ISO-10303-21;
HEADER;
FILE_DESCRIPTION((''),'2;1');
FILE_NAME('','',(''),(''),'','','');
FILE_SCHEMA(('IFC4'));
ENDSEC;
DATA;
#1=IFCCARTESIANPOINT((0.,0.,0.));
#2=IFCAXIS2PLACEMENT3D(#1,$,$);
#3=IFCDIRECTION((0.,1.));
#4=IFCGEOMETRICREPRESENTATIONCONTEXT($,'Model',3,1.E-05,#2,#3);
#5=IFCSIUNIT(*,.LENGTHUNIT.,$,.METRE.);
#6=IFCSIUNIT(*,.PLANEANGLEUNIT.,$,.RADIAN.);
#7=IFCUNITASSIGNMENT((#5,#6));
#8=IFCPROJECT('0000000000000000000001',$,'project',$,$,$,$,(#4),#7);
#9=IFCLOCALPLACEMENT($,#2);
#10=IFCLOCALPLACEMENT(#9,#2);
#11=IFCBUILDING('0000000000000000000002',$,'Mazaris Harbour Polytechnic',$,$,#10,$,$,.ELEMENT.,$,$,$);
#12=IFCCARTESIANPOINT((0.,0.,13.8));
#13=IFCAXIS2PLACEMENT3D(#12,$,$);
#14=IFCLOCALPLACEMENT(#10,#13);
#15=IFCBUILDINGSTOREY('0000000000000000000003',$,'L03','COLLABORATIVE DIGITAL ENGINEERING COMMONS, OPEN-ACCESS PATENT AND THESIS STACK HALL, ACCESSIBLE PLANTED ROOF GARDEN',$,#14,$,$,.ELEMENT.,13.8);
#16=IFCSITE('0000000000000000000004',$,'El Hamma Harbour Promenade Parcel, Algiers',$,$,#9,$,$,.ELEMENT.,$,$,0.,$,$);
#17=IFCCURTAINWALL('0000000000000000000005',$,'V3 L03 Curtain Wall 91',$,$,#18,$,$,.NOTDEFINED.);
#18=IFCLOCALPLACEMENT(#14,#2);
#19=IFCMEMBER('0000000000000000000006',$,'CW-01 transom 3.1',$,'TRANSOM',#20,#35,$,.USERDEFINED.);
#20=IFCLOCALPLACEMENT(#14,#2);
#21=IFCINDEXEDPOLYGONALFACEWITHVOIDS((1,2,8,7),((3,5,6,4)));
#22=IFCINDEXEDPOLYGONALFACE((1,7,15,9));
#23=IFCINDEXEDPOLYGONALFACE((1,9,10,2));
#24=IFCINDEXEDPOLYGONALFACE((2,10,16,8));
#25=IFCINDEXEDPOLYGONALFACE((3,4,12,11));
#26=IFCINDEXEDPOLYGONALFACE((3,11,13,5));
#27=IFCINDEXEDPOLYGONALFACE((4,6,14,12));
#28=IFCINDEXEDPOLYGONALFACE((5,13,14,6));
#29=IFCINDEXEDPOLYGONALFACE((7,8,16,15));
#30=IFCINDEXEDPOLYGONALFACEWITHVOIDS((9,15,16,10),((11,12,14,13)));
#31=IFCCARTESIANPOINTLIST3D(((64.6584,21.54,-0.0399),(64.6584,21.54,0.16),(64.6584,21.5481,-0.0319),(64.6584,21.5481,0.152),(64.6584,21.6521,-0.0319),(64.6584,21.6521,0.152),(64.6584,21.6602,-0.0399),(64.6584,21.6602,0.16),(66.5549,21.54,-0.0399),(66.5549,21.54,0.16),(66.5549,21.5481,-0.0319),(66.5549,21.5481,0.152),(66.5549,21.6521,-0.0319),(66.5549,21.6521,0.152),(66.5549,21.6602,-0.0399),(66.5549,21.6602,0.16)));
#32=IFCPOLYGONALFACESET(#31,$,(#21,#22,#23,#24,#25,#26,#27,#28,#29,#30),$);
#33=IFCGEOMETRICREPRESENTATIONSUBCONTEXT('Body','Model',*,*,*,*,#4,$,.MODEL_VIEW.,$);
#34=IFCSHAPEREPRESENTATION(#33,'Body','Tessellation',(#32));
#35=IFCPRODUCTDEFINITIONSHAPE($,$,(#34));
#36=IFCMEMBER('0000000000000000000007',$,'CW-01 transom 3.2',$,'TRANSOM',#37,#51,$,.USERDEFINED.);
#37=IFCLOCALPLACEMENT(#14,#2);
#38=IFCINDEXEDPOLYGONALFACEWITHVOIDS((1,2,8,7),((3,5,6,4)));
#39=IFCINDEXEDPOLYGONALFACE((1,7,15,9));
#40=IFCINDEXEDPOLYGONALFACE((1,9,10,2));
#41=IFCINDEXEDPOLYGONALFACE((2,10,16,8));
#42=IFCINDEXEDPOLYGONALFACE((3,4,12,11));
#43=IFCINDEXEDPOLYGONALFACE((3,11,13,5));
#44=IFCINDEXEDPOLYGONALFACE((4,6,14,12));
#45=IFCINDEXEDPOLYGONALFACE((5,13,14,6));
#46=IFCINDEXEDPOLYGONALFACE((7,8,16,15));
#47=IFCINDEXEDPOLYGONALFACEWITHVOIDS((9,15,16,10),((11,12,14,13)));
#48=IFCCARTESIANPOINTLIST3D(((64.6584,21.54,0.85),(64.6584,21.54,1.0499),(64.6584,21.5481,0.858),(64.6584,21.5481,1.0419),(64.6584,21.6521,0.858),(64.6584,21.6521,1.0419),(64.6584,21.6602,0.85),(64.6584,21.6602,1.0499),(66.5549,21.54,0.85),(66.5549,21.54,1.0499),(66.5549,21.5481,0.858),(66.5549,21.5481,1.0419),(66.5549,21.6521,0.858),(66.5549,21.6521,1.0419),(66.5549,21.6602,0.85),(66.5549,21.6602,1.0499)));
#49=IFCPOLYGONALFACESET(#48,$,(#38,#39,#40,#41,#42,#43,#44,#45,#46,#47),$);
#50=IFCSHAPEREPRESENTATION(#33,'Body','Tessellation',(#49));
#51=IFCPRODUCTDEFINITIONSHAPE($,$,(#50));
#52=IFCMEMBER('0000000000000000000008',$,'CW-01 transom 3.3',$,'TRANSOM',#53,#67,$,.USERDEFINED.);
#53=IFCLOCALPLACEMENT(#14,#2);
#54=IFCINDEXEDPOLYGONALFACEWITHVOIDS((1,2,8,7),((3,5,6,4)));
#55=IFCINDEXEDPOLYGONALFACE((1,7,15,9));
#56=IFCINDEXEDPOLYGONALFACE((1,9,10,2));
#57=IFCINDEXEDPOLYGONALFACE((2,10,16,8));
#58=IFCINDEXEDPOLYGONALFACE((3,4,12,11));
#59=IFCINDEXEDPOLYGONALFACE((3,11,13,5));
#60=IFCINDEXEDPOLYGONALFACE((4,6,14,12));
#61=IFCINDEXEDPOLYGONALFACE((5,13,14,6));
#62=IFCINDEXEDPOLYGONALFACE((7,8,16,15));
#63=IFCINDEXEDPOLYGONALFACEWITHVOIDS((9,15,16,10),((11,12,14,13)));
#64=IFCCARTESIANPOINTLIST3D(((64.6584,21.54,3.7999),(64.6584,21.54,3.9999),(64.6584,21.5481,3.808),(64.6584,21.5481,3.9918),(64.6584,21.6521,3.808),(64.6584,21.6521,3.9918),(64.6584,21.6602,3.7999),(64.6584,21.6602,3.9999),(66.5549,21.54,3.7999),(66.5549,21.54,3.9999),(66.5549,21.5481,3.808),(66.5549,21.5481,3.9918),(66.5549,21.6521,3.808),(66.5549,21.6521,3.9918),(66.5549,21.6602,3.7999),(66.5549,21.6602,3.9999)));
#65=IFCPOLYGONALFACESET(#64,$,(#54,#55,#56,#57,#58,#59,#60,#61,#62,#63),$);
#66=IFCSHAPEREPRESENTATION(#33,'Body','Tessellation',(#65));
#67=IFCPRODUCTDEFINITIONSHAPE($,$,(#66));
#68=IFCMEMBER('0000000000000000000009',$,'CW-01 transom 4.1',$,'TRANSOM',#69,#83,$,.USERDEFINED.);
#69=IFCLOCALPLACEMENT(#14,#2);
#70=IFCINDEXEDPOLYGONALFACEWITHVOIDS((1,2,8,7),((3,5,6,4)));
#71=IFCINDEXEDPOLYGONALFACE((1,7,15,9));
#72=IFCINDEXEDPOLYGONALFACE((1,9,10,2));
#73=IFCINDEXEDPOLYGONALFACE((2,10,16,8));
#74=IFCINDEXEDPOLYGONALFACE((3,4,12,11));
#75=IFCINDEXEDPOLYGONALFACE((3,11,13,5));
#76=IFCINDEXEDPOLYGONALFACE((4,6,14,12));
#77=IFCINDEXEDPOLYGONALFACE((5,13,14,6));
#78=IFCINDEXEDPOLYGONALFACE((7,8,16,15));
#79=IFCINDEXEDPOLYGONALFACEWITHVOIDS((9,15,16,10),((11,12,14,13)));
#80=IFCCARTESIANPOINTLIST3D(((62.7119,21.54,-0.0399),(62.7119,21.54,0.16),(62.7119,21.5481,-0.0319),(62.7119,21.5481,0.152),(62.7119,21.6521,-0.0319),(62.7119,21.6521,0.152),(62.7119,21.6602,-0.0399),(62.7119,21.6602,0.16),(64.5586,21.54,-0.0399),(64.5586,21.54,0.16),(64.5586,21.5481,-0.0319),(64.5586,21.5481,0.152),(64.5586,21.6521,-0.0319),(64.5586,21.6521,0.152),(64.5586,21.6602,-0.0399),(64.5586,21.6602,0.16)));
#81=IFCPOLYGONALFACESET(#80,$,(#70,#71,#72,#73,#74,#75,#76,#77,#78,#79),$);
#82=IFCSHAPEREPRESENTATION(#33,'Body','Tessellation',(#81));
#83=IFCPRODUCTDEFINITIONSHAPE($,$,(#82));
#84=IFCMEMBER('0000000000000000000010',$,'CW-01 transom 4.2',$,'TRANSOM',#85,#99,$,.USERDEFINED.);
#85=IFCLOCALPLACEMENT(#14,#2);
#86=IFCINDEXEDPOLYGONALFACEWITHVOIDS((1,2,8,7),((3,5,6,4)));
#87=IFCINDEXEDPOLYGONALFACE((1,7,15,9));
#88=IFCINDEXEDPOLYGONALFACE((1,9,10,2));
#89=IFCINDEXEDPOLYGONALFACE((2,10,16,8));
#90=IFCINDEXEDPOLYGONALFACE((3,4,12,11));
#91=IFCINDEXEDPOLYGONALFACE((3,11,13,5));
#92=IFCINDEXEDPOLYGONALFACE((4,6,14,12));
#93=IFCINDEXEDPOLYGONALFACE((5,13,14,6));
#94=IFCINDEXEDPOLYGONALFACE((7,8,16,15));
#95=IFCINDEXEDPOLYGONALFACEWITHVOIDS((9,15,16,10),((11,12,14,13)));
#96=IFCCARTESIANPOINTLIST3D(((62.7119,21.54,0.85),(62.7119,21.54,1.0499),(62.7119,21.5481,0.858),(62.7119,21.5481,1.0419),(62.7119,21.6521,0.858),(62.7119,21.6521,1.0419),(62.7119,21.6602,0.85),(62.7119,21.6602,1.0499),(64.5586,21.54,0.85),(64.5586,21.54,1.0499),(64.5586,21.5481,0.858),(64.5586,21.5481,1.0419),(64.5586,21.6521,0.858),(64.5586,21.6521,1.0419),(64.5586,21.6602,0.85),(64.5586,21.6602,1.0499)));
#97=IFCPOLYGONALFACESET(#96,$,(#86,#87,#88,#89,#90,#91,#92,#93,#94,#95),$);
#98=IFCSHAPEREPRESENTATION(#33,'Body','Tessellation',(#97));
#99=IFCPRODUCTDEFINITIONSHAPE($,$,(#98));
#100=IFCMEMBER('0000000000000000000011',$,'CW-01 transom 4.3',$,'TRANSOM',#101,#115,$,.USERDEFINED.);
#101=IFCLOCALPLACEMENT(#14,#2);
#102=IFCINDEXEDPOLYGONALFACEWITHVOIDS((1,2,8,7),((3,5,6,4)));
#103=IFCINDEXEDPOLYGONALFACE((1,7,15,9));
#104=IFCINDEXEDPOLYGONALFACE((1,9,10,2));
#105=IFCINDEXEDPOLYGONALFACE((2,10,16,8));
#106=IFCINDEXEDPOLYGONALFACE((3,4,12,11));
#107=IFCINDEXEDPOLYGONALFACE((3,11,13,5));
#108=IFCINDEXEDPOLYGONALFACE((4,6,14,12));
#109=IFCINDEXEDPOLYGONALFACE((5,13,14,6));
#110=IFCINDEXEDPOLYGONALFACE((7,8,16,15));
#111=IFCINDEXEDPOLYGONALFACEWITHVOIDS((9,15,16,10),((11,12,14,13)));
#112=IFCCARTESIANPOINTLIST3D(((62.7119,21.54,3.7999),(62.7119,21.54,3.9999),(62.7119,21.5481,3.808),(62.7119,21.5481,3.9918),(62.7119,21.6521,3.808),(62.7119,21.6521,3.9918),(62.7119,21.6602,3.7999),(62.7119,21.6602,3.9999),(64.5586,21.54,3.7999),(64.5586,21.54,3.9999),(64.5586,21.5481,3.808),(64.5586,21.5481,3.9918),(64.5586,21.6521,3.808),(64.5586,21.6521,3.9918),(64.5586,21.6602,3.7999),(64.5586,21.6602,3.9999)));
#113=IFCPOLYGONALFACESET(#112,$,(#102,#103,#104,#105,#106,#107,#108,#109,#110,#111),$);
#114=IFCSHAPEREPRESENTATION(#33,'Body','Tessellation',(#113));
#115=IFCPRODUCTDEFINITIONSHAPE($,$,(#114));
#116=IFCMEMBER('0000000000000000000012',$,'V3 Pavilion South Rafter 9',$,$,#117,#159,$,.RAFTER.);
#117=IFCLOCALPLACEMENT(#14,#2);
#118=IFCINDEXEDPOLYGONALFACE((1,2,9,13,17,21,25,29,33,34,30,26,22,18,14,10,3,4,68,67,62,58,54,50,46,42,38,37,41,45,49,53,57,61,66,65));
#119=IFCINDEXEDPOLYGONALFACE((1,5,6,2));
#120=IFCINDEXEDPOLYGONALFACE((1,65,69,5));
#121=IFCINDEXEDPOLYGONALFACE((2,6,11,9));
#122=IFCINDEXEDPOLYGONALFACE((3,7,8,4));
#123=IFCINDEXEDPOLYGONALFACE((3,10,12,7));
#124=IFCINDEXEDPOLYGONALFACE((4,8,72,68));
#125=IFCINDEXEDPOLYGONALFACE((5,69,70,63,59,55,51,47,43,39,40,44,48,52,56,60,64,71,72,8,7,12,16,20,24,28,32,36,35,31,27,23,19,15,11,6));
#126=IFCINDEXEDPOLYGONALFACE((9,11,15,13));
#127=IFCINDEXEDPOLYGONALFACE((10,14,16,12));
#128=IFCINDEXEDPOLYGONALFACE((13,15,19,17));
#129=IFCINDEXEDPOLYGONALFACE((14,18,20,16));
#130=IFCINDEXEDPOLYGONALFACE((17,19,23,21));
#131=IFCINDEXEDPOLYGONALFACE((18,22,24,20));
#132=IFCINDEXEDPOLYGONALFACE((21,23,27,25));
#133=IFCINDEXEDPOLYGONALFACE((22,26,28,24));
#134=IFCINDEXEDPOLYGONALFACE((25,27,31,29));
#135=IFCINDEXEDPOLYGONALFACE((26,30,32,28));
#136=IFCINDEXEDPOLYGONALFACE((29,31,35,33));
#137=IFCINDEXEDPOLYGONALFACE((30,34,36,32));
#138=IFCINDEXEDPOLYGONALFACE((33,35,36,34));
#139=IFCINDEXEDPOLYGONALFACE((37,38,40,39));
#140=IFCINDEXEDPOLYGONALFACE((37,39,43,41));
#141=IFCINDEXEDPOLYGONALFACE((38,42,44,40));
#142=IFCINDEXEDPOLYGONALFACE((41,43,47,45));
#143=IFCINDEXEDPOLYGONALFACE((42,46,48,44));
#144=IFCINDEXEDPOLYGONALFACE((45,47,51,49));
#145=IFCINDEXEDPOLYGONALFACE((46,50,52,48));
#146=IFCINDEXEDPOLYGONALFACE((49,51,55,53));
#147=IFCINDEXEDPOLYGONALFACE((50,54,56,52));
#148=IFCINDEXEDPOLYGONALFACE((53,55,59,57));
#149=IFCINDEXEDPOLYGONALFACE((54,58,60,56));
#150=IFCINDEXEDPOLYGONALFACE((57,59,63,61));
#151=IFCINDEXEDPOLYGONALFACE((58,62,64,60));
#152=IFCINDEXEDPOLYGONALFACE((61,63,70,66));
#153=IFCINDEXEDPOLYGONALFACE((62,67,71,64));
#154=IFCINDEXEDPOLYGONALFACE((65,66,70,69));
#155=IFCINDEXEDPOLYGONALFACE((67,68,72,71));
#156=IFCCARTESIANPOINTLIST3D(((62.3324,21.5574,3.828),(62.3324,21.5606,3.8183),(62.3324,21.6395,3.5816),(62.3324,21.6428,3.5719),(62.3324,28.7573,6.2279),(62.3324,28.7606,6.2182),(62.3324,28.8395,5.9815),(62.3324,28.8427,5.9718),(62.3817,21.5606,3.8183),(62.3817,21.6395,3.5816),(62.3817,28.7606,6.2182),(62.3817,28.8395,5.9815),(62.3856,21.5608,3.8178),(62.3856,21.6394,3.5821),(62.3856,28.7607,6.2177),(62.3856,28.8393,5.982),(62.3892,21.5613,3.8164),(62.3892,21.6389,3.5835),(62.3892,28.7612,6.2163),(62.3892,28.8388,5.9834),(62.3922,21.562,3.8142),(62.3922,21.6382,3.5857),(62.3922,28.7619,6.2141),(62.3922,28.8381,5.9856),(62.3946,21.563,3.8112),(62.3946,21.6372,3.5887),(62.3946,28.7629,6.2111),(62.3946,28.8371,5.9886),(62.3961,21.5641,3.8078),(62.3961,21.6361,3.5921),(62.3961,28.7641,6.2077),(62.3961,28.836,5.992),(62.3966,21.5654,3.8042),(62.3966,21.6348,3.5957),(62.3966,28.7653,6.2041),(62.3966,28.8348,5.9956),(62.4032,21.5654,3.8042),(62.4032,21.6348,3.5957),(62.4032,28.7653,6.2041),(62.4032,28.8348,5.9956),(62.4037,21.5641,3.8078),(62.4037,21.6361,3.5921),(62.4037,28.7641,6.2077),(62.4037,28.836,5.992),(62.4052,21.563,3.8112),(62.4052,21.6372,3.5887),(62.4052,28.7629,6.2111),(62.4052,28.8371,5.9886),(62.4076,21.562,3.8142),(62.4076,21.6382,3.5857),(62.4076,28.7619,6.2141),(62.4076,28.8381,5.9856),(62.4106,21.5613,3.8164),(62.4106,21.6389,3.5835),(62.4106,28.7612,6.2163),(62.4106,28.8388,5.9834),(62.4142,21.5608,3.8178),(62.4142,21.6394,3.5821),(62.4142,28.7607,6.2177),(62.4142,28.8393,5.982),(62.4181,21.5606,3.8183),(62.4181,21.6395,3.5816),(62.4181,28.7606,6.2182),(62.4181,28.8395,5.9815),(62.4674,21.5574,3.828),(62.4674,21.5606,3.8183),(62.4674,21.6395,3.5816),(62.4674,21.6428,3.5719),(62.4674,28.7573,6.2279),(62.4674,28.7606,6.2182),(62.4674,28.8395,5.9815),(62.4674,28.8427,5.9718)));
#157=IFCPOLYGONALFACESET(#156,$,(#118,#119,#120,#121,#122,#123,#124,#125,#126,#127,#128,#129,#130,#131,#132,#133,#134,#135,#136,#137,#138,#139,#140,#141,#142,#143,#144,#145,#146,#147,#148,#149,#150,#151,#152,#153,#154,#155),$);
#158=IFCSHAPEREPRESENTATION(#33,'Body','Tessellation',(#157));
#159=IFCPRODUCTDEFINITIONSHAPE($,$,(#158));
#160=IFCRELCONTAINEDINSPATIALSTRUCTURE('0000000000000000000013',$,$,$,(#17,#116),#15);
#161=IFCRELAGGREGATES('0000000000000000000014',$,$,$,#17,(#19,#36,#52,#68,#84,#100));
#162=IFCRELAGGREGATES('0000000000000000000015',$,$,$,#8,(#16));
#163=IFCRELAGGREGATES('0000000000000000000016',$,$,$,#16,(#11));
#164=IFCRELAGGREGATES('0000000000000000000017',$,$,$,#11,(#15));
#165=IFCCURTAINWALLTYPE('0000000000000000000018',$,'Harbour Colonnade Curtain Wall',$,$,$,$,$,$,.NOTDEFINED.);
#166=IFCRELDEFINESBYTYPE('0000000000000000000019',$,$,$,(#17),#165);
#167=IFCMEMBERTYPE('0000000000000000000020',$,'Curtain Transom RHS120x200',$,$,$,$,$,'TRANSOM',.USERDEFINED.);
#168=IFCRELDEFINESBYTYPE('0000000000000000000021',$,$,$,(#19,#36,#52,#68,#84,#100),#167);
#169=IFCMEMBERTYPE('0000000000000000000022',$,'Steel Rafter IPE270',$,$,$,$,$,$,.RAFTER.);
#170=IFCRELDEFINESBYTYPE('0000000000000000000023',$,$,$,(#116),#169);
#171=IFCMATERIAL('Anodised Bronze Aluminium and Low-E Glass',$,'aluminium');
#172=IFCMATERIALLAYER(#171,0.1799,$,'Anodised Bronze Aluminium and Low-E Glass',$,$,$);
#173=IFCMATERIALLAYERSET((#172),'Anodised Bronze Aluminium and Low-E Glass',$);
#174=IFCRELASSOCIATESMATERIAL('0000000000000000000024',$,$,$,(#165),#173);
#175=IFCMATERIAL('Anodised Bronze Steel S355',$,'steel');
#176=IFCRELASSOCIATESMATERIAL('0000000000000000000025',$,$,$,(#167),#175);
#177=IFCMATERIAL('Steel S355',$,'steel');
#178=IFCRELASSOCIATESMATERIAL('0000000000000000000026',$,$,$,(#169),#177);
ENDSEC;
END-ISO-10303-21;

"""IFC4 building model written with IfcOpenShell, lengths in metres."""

from ifc_helpers import new_model, si_unit, direction, frame, origin, origin_2d, place, context, subcontext, project, spatial, hollow_rectangle, i_section, extrude, material, layer, layer_set, material_profile, profile_set, type_object, element, aggregate, save


model = new_model("IFC4")

# Units and contexts
model_context = context("Model", 3, precision=1e-05, world=origin(), true_north=direction((0.0, 1.0)))
body_context = subcontext(model_context, "Body", "Model", "MODEL_VIEW")
ifc_project = project(units=[si_unit("LENGTHUNIT", "METRE"), si_unit("PLANEANGLEUNIT", "RADIAN")], contexts=[model_context])

# Site, building, storey
site_placement = place(None, origin())
site = spatial("IfcSite", under=ifc_project, at=site_placement, Name="El Hamma Harbour Promenade Parcel, Algiers", CompositionType="ELEMENT", RefElevation=0.0)
building_placement = place(site_placement, origin())
building = spatial("IfcBuilding", under=site, at=building_placement, Name="Mazaris Harbour Polytechnic", CompositionType="ELEMENT")
storey_placement = place(building_placement, frame((0.0, 0.0, 13.8)))
storey = spatial("IfcBuildingStorey", under=building, at=storey_placement, Name="L03", Description="COLLABORATIVE DIGITAL ENGINEERING COMMONS, OPEN-ACCESS PATENT AND THESIS STACK HALL, ACCESSIBLE PLANTED ROOF GARDEN", CompositionType="ELEMENT", Elevation=13.8)

# Shared definitions
ifc_material_1 = material(Name="Anodised Bronze Aluminium and Low-E Glass", Category="aluminium")
ifc_layer_1 = layer(ifc_material_1, 0.1799, Name="Anodised Bronze Aluminium and Low-E Glass")
ifc_layer_set_1 = layer_set([ifc_layer_1], Name="Anodised Bronze Aluminium and Low-E Glass")
curtain_wall_type = type_object("IfcCurtainWallType", Name="Harbour Colonnade Curtain Wall", PredefinedType="NOTDEFINED", material=ifc_layer_set_1)

# Curtain wall
curtain_wall_1_placement = place(storey_placement, origin())
curtain_wall_1 = element("IfcCurtainWall", 1, at=curtain_wall_1_placement, inside=storey, type_object=curtain_wall_type, Name="V3 L03 Curtain Wall 91", PredefinedType="NOTDEFINED")

# Members
ifc_material_2 = material(Name="Anodised Bronze Steel S355", Category="steel")
ifc_material_profile_1 = material_profile(ifc_material_2, hollow_rectangle(XDim=0.1201, YDim=0.2, WallThickness=0.0081, at=origin_2d()), Name="RHS 120x200x8.0")
ifc_profile_set_1 = profile_set([ifc_material_profile_1], Name="Anodised Bronze Steel S355")
member_type_1 = type_object("IfcMemberType", Name="Curtain Transom RHS120x200", ElementType="TRANSOM", PredefinedType="USERDEFINED", material=ifc_profile_set_1)
member_1_placement = place(storey_placement, frame((66.5549, 21.6001, 0.0601), z_axis=(-1.0, 0.0, 0.0), x_axis=(0.0, -1.0, 0.0)))
member_1 = element("IfcMember", 2, at=member_1_placement, type_object=member_type_1, Name="CW-01 transom 3.1", ObjectType="TRANSOM", PredefinedType="USERDEFINED", context=body_context, shape_type="SweptSolid", body=[
    extrude(hollow_rectangle(XDim=0.1201, YDim=0.2, WallThickness=0.0081, at=origin_2d()), origin(), (0.0, 0.0, 1.0), 1.8965),
])
member_2_placement = place(storey_placement, frame((66.5549, 21.6001, 0.95), z_axis=(-1.0, 0.0, 0.0), x_axis=(0.0, -1.0, 0.0)))
member_2 = element("IfcMember", 3, at=member_2_placement, type_object=member_type_1, Name="CW-01 transom 3.2", ObjectType="TRANSOM", PredefinedType="USERDEFINED", context=body_context, shape_type="SweptSolid", body=[
    extrude(hollow_rectangle(XDim=0.1201, YDim=0.2, WallThickness=0.0081, at=origin_2d()), origin(), (0.0, 0.0, 1.0), 1.8965),
])
member_3_placement = place(storey_placement, frame((66.5549, 21.6001, 3.8999), z_axis=(-1.0, 0.0, 0.0), x_axis=(0.0, -1.0, 0.0)))
member_3 = element("IfcMember", 4, at=member_3_placement, type_object=member_type_1, Name="CW-01 transom 3.3", ObjectType="TRANSOM", PredefinedType="USERDEFINED", context=body_context, shape_type="SweptSolid", body=[
    extrude(hollow_rectangle(XDim=0.1201, YDim=0.2, WallThickness=0.0081, at=origin_2d()), origin(), (0.0, 0.0, 1.0), 1.8965),
])
member_4_placement = place(storey_placement, frame((64.5586, 21.6001, 0.0601), z_axis=(-1.0, 0.0, 0.0), x_axis=(0.0, -1.0, 0.0)))
member_4 = element("IfcMember", 5, at=member_4_placement, type_object=member_type_1, Name="CW-01 transom 4.1", ObjectType="TRANSOM", PredefinedType="USERDEFINED", context=body_context, shape_type="SweptSolid", body=[
    extrude(hollow_rectangle(XDim=0.1201, YDim=0.2, WallThickness=0.0081, at=origin_2d()), origin(), (0.0, 0.0, 1.0), 1.8467),
])
member_5_placement = place(storey_placement, frame((64.5586, 21.6001, 0.95), z_axis=(-1.0, 0.0, 0.0), x_axis=(0.0, -1.0, 0.0)))
member_5 = element("IfcMember", 6, at=member_5_placement, type_object=member_type_1, Name="CW-01 transom 4.2", ObjectType="TRANSOM", PredefinedType="USERDEFINED", context=body_context, shape_type="SweptSolid", body=[
    extrude(hollow_rectangle(XDim=0.1201, YDim=0.2, WallThickness=0.0081, at=origin_2d()), origin(), (0.0, 0.0, 1.0), 1.8467),
])
member_6_placement = place(storey_placement, frame((64.5586, 21.6001, 3.8999), z_axis=(-1.0, 0.0, 0.0), x_axis=(0.0, -1.0, 0.0)))
member_6 = element("IfcMember", 7, at=member_6_placement, type_object=member_type_1, Name="CW-01 transom 4.3", ObjectType="TRANSOM", PredefinedType="USERDEFINED", context=body_context, shape_type="SweptSolid", body=[
    extrude(hollow_rectangle(XDim=0.1201, YDim=0.2, WallThickness=0.0081, at=origin_2d()), origin(), (0.0, 0.0, 1.0), 1.8467),
])

# Member
ifc_material_3 = material(Name="Steel S355", Category="steel")
ifc_material_profile_2 = material_profile(ifc_material_3, i_section(OverallWidth=0.135, OverallDepth=0.27, WebThickness=0.0066, FlangeThickness=0.0103, FilletRadius=0.0149, at=origin_2d()), Name="IPE 270")
ifc_profile_set_2 = profile_set([ifc_material_profile_2], Name="Steel S355")
member_type_2 = type_object("IfcMemberType", Name="Steel Rafter IPE270", PredefinedType="RAFTER", material=ifc_profile_set_2)
member_7_placement = place(storey_placement, frame((62.3999, 21.6001, 3.7), z_axis=(0.0, 0.948687, 0.316218), x_axis=(-1.0, 0.0, 0.0)))
element("IfcMember", 8, at=member_7_placement, inside=storey, type_object=member_type_2, Name="V3 Pavilion South Rafter 9", PredefinedType="RAFTER", context=body_context, shape_type="SweptSolid", body=[
    extrude(i_section(OverallWidth=0.135, OverallDepth=0.27, WebThickness=0.0066, FlangeThickness=0.0103, FilletRadius=0.0149, at=origin_2d()), origin(), (0.0, 0.0, 1.0), 7.5894),
])

aggregate(curtain_wall_1, [member_1, member_2, member_3, member_4, member_5, member_6])

save(model, "model.ifc")
